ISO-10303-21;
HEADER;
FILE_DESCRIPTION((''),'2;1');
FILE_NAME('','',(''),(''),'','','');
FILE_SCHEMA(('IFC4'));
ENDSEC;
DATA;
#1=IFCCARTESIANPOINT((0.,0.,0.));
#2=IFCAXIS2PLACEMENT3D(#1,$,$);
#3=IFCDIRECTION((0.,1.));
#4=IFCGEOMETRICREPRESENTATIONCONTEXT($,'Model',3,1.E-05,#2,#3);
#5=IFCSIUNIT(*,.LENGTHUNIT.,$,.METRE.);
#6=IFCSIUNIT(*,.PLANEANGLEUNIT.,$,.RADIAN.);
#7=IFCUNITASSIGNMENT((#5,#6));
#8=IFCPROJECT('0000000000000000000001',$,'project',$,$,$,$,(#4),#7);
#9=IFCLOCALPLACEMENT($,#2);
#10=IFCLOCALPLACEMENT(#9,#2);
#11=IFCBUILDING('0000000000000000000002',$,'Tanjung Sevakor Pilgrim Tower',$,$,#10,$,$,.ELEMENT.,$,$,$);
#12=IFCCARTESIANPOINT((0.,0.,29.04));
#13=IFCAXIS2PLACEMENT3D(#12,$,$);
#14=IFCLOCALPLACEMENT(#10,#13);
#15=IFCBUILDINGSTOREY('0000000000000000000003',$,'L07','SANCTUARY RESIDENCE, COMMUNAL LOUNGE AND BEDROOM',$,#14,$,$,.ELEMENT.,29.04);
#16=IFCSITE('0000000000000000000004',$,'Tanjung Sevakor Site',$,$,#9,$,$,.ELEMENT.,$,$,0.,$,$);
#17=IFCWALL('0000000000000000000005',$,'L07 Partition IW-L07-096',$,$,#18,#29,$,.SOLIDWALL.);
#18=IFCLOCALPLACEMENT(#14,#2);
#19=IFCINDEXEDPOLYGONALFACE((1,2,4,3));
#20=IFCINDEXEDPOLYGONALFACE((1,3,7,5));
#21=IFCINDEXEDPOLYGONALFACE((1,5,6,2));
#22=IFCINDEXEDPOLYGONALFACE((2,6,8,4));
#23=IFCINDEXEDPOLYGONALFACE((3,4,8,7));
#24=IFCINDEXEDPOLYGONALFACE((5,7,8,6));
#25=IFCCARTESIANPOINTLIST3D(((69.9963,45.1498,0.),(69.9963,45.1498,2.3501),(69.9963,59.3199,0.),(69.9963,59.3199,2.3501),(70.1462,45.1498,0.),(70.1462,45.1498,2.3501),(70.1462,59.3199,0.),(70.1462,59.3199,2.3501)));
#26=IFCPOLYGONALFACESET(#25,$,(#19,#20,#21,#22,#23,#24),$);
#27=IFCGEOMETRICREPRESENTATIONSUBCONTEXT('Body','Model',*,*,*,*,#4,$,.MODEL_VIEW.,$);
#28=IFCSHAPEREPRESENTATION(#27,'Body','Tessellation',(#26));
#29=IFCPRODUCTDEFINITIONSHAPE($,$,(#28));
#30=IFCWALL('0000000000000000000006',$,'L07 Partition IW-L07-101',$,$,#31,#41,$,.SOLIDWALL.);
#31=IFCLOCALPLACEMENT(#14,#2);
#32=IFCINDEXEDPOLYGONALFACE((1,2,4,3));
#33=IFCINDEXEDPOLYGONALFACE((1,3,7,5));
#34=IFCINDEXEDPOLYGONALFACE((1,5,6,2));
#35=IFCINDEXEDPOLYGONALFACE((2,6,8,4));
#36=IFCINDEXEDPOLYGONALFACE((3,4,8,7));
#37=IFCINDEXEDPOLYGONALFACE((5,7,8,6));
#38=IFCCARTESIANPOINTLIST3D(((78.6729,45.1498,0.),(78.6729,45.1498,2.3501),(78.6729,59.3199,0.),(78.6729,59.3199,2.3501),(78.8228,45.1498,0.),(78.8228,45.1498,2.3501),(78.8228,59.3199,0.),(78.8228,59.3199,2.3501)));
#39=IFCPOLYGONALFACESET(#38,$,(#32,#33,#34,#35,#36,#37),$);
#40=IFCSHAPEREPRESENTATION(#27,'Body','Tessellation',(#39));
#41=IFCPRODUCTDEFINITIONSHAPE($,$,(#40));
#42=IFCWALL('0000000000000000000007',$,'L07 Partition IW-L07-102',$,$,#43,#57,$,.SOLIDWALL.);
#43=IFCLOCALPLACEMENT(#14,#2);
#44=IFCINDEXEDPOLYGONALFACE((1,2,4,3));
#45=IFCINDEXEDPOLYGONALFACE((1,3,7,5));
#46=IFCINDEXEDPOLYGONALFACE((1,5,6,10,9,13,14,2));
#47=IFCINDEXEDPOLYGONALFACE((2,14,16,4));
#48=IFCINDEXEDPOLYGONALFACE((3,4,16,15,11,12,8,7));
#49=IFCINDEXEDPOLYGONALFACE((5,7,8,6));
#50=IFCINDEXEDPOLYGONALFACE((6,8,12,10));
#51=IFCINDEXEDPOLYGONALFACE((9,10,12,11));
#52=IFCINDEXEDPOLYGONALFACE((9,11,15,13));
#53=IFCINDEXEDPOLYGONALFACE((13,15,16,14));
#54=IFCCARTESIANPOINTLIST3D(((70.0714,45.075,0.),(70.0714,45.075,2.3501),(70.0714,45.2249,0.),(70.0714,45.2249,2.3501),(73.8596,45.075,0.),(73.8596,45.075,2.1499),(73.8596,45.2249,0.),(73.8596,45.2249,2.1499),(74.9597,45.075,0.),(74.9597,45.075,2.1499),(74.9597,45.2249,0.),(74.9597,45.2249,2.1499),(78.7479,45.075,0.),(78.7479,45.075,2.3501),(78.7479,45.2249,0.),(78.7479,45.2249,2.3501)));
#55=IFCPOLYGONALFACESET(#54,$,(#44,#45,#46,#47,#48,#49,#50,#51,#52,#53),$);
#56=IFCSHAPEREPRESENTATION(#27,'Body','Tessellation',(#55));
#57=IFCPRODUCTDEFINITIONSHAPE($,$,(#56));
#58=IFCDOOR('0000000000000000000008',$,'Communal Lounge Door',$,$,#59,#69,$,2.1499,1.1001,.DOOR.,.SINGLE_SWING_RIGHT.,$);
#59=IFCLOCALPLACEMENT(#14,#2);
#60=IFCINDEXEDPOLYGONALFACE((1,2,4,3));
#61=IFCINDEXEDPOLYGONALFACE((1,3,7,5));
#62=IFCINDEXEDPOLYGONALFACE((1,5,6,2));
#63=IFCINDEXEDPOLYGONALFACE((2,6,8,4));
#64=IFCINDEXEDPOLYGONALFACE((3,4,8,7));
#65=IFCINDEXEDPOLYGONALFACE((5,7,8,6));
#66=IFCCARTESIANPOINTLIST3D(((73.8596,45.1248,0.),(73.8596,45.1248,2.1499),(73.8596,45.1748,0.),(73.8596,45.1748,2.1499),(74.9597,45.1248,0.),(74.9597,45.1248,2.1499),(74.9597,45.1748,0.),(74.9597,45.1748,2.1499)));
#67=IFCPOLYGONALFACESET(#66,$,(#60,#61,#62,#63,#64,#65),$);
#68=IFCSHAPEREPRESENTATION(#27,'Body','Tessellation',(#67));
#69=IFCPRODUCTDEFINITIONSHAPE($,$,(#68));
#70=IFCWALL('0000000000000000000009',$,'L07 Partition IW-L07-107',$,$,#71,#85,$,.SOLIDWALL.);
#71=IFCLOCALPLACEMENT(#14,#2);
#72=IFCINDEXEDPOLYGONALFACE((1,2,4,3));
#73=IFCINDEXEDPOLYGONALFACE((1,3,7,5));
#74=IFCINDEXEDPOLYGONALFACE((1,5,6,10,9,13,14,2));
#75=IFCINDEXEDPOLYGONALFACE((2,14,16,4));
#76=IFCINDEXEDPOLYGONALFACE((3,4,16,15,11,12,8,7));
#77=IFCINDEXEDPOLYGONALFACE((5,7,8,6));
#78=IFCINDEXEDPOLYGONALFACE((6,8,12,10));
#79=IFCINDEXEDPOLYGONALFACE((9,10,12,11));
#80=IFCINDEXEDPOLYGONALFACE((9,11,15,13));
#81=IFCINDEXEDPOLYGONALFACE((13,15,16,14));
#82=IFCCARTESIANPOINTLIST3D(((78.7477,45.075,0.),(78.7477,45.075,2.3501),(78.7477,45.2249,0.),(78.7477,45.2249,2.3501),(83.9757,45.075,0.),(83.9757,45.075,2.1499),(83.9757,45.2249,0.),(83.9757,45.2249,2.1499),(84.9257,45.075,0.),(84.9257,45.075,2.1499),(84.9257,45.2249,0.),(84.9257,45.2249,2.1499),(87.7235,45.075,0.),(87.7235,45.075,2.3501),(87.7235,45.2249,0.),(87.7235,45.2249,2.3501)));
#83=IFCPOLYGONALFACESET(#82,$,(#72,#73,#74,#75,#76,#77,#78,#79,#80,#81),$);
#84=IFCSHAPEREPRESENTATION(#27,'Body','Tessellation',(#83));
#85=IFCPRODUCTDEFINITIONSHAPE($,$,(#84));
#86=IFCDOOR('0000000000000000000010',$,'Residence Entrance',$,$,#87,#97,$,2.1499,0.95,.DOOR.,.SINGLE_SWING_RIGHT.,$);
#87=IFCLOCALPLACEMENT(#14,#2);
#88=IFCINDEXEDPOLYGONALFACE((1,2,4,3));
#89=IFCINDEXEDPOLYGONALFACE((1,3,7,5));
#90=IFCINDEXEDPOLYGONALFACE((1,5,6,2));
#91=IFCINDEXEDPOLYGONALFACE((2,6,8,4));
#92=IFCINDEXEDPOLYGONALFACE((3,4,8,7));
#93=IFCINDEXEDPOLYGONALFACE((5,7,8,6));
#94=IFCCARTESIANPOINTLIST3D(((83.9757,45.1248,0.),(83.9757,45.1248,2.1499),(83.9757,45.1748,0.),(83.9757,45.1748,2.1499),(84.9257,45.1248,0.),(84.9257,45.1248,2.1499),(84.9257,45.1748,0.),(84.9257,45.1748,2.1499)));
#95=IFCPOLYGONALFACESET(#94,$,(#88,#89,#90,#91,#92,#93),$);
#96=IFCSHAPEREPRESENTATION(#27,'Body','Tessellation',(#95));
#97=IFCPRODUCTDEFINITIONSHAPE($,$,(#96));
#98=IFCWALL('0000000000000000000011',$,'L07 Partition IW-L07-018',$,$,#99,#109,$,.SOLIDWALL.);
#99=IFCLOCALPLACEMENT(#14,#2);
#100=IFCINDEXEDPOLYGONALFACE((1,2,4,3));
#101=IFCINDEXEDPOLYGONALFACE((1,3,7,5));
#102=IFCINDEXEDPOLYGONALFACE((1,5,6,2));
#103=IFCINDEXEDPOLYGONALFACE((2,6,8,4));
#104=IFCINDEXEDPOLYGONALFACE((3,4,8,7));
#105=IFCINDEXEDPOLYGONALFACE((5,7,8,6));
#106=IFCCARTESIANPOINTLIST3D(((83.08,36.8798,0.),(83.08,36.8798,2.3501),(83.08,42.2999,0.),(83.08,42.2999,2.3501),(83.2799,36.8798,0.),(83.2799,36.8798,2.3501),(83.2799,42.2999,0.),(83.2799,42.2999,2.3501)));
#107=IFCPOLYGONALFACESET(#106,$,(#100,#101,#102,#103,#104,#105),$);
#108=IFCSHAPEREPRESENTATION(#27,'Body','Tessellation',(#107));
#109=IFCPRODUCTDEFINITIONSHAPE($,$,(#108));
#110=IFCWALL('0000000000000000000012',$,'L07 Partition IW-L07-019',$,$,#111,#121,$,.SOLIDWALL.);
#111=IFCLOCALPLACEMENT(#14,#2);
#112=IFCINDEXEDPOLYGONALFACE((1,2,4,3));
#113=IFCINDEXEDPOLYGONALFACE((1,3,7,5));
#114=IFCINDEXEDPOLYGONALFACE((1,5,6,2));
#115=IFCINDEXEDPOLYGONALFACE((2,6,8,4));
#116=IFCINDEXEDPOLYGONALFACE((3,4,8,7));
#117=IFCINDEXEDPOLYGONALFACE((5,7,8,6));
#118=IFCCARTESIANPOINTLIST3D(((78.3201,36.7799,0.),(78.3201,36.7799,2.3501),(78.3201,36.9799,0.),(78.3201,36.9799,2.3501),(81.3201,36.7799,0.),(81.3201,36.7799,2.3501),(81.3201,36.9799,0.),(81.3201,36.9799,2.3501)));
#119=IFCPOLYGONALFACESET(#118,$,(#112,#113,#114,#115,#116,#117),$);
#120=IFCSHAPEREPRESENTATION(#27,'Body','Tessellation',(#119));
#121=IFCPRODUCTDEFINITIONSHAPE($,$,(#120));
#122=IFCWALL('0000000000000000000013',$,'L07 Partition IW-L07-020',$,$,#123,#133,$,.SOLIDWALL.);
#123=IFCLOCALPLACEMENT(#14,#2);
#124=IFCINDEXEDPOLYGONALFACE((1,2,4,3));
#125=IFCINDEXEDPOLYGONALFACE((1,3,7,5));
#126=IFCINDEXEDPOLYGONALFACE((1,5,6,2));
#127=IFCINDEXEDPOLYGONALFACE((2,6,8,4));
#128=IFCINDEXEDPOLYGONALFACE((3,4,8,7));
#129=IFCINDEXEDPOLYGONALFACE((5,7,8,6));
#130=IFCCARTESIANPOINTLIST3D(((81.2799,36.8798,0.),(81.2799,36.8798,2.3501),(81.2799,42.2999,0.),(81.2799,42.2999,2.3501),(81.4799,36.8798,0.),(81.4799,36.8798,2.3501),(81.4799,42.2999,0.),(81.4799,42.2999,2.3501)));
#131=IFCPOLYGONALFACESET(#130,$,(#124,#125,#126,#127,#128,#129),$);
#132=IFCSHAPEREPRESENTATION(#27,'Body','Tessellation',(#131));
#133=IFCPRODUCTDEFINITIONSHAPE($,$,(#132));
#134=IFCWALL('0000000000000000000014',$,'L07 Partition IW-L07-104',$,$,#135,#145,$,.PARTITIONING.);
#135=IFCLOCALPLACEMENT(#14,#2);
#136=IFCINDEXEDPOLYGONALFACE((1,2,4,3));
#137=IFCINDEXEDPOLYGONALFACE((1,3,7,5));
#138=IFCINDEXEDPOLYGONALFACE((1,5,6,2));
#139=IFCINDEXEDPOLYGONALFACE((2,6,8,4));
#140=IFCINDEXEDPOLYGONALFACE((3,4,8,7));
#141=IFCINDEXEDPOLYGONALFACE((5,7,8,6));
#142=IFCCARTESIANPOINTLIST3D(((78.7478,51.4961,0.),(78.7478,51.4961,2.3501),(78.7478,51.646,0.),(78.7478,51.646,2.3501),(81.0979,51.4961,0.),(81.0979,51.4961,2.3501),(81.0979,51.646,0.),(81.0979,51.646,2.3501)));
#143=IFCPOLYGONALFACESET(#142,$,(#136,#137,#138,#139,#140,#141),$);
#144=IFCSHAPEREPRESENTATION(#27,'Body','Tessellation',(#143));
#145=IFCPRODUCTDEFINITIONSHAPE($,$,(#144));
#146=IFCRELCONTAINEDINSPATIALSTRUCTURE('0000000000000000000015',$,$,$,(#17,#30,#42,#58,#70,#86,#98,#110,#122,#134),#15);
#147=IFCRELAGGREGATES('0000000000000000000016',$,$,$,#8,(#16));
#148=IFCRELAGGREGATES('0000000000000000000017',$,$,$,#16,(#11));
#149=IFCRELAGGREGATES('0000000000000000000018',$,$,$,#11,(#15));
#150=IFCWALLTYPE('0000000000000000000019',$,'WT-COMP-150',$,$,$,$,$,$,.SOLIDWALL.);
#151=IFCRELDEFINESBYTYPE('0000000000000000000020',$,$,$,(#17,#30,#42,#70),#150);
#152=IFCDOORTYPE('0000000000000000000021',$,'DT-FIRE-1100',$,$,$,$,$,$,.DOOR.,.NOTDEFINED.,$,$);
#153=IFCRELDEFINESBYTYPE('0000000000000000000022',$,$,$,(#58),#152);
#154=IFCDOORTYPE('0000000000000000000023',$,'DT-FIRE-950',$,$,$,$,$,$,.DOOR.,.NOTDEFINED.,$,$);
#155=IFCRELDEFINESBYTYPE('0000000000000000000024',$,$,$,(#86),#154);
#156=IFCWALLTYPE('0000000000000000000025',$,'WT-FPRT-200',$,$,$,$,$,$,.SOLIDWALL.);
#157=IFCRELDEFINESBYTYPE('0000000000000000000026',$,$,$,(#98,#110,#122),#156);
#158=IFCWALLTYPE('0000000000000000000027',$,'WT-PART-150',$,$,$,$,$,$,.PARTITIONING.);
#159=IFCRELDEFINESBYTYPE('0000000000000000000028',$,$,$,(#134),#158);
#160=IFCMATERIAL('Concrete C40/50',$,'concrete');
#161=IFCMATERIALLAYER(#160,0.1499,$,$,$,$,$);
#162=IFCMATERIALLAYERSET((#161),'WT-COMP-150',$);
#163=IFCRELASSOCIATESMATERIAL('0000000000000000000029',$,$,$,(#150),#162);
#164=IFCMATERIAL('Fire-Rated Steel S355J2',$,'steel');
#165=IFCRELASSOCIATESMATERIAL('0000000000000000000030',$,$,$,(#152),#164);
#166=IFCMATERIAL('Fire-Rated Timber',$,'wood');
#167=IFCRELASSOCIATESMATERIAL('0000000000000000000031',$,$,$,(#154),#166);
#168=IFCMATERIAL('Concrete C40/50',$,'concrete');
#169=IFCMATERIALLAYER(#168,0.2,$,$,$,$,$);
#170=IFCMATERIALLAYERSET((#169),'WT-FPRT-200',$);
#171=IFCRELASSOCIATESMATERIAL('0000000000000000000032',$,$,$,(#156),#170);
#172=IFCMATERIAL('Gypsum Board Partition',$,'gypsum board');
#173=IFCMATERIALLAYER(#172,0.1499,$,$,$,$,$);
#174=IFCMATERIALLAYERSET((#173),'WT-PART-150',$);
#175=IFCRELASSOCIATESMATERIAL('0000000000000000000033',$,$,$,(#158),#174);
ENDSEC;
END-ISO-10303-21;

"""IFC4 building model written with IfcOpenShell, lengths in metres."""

from ifc_helpers import new_model, si_unit, direction, frame, frame_2d, origin, place, context, subcontext, project, spatial, rectangle, extrude, material, layer, layer_set, type_object, element, fill, save


model = new_model("IFC4")

# Units and contexts
model_context = context("Model", 3, precision=1e-05, world=origin(), true_north=direction((0.0, 1.0)))
body_context = subcontext(model_context, "Body", "Model", "MODEL_VIEW")
ifc_project = project(units=[si_unit("LENGTHUNIT", "METRE"), si_unit("PLANEANGLEUNIT", "RADIAN")], contexts=[model_context])

# Site, building, storey
site_placement = place(None, origin())
site = spatial("IfcSite", under=ifc_project, at=site_placement, Name="Tanjung Sevakor Site", CompositionType="ELEMENT", RefElevation=0.0)
building_placement = place(site_placement, origin())
building = spatial("IfcBuilding", under=site, at=building_placement, Name="Tanjung Sevakor Pilgrim Tower", CompositionType="ELEMENT")
storey_placement = place(building_placement, frame((0.0, 0.0, 29.04)))
storey = spatial("IfcBuildingStorey", under=building, at=storey_placement, Name="L07", Description="SANCTUARY RESIDENCE, COMMUNAL LOUNGE AND BEDROOM", CompositionType="ELEMENT", Elevation=29.04)

# Walls
ifc_material_1 = material(Name="Concrete C40/50", Category="concrete")
ifc_layer_1 = layer(ifc_material_1, 0.1499)
ifc_layer_set_1 = layer_set([ifc_layer_1], Name="WT-COMP-150")
wall_type_1 = type_object("IfcWallType", Name="WT-COMP-150", PredefinedType="SOLIDWALL", material=ifc_layer_set_1)
for number, where, z_axis, x_axis, name in (
    (1, (70.0713, 45.1499, 0.0), (0.0, 0.0, 1.0), (0.0, 1.0, 0.0), "L07 Partition IW-L07-096"),
    (2, (78.7478, 45.1499, 0.0), (0.0, 0.0, 1.0), (0.0, 1.0, 0.0), "L07 Partition IW-L07-101"),
):
    element("IfcWall", number, at=place(storey_placement, frame(where, z_axis=z_axis, x_axis=x_axis)), inside=storey, type_object=wall_type_1, Name=name, PredefinedType="SOLIDWALL", context=body_context, shape_type="SweptSolid", body=[
        extrude(rectangle(XDim=14.1702, YDim=0.1499, at=frame_2d((7.085, 0.0))), origin(), (0.0, 0.0, 1.0), 2.3501),
    ])

# Walls, openings, doors
wall_1_placement = place(storey_placement, frame((70.0713, 45.1499, 0.0), z_axis=(0.0, 0.0, 1.0), x_axis=(1.0, 0.0, 0.0)))
wall_1 = element("IfcWall", 3, at=wall_1_placement, inside=storey, type_object=wall_type_1, Name="L07 Partition IW-L07-102", PredefinedType="SOLIDWALL", context=body_context, shape_type="SweptSolid", body=[
    extrude(rectangle(XDim=8.6765, YDim=0.1499, at=frame_2d((4.3384, 0.0))), origin(), (0.0, 0.0, 1.0), 2.3501),
])
opening_1_placement = place(wall_1_placement, frame((3.7883, 0.0, 0.0)))
opening_1 = element("IfcOpeningElement", 4, at=opening_1_placement, cuts=wall_1, PredefinedType="OPENING", context=body_context, shape_type="SweptSolid", body=[
    extrude(rectangle(XDim=1.1001, YDim=2.1499, at=frame_2d((0.55, 1.075))), frame((0.0, 0.085, 0.0), z_axis=(0.0, -1.0, 0.0), x_axis=(1.0, 0.0, 0.0)), (0.0, 0.0, 1.0), 0.1699),
])
ifc_material_2 = material(Name="Fire-Rated Steel S355J2", Category="steel")
door_type_1 = type_object("IfcDoorType", Name="DT-FIRE-1100", OperationType="NOTDEFINED", PredefinedType="DOOR", material=ifc_material_2)
door_1_placement = place(opening_1_placement, origin())
door_1 = element("IfcDoor", 5, at=door_1_placement, inside=storey, type_object=door_type_1, Name="Communal Lounge Door", OperationType="SINGLE_SWING_RIGHT", OverallHeight=2.1499, OverallWidth=1.1001, PredefinedType="DOOR", context=body_context, shape_type="SweptSolid", body=[
    extrude(rectangle(XDim=1.1001, YDim=2.1499, at=frame_2d((0.55, 1.075))), frame((0.0, 0.0249, 0.0), z_axis=(0.0, -1.0, 0.0), x_axis=(1.0, 0.0, 0.0)), (0.0, 0.0, 1.0), 0.05),
])
fill(opening_1, door_1)
wall_2_placement = place(storey_placement, frame((78.7478, 45.1499, 0.0), z_axis=(0.0, 0.0, 1.0), x_axis=(1.0, 0.0, 0.0)))
wall_2 = element("IfcWall", 6, at=wall_2_placement, inside=storey, type_object=wall_type_1, Name="L07 Partition IW-L07-107", PredefinedType="SOLIDWALL", context=body_context, shape_type="SweptSolid", body=[
    extrude(rectangle(XDim=8.9758, YDim=0.1499, at=frame_2d((4.4878, 0.0))), origin(), (0.0, 0.0, 1.0), 2.3501),
])
opening_2_placement = place(wall_2_placement, frame((5.2278, 0.0, 0.0)))
opening_2 = element("IfcOpeningElement", 7, at=opening_2_placement, cuts=wall_2, PredefinedType="OPENING", context=body_context, shape_type="SweptSolid", body=[
    extrude(rectangle(XDim=0.95, YDim=2.1499, at=frame_2d((0.4751, 1.075))), frame((0.0, 0.085, 0.0), z_axis=(0.0, -1.0, 0.0), x_axis=(1.0, 0.0, 0.0)), (0.0, 0.0, 1.0), 0.1699),
])
ifc_material_3 = material(Name="Fire-Rated Timber", Category="wood")
door_type_2 = type_object("IfcDoorType", Name="DT-FIRE-950", OperationType="NOTDEFINED", PredefinedType="DOOR", material=ifc_material_3)
door_2_placement = place(opening_2_placement, origin())
door_2 = element("IfcDoor", 8, at=door_2_placement, inside=storey, type_object=door_type_2, Name="Residence Entrance", OperationType="SINGLE_SWING_RIGHT", OverallHeight=2.1499, OverallWidth=0.95, PredefinedType="DOOR", context=body_context, shape_type="SweptSolid", body=[
    extrude(rectangle(XDim=0.95, YDim=2.1499, at=frame_2d((0.4751, 1.075))), frame((0.0, 0.0249, 0.0), z_axis=(0.0, -1.0, 0.0), x_axis=(1.0, 0.0, 0.0)), (0.0, 0.0, 1.0), 0.05),
])
fill(opening_2, door_2)

# Walls
ifc_material_4 = material(Name="Concrete C40/50", Category="concrete")
ifc_layer_2 = layer(ifc_material_4, 0.2)
ifc_layer_set_2 = layer_set([ifc_layer_2], Name="WT-FPRT-200")
wall_type_2 = type_object("IfcWallType", Name="WT-FPRT-200", PredefinedType="SOLIDWALL", material=ifc_layer_set_2)
wall_3_placement = place(storey_placement, frame((83.1799, 36.8799, 0.0), z_axis=(0.0, 0.0, 1.0), x_axis=(0.0, 1.0, 0.0)))
element("IfcWall", 9, at=wall_3_placement, inside=storey, type_object=wall_type_2, Name="L07 Partition IW-L07-018", PredefinedType="SOLIDWALL", context=body_context, shape_type="SweptSolid", body=[
    extrude(rectangle(XDim=5.4202, YDim=0.2, at=frame_2d((2.71, 0.0))), origin(), (0.0, 0.0, 1.0), 2.3501),
])
wall_4_placement = place(storey_placement, frame((78.3201, 36.8799, 0.0), z_axis=(0.0, 0.0, 1.0), x_axis=(1.0, 0.0, 0.0)))
element("IfcWall", 10, at=wall_4_placement, inside=storey, type_object=wall_type_2, Name="L07 Partition IW-L07-019", PredefinedType="SOLIDWALL", context=body_context, shape_type="SweptSolid", body=[
    extrude(rectangle(XDim=3.0, YDim=0.2, at=frame_2d((1.5, 0.0))), origin(), (0.0, 0.0, 1.0), 2.3501),
])
wall_5_placement = place(storey_placement, frame((81.3799, 36.8799, 0.0), z_axis=(0.0, 0.0, 1.0), x_axis=(0.0, 1.0, 0.0)))
element("IfcWall", 11, at=wall_5_placement, inside=storey, type_object=wall_type_2, Name="L07 Partition IW-L07-020", PredefinedType="SOLIDWALL", context=body_context, shape_type="SweptSolid", body=[
    extrude(rectangle(XDim=5.4202, YDim=0.2, at=frame_2d((2.71, 0.0))), origin(), (0.0, 0.0, 1.0), 2.3501),
])
ifc_material_5 = material(Name="Gypsum Board Partition", Category="gypsum board")
ifc_layer_3 = layer(ifc_material_5, 0.1499)
ifc_layer_set_3 = layer_set([ifc_layer_3], Name="WT-PART-150")
wall_type_3 = type_object("IfcWallType", Name="WT-PART-150", PredefinedType="PARTITIONING", material=ifc_layer_set_3)
wall_6_placement = place(storey_placement, frame((78.7478, 51.571, 0.0), z_axis=(0.0, 0.0, 1.0), x_axis=(1.0, 0.0, 0.0)))
element("IfcWall", 12, at=wall_6_placement, inside=storey, type_object=wall_type_3, Name="L07 Partition IW-L07-104", PredefinedType="PARTITIONING", context=body_context, shape_type="SweptSolid", body=[
    extrude(rectangle(XDim=2.3501, YDim=0.1499, at=frame_2d((1.175, 0.0))), origin(), (0.0, 0.0, 1.0), 2.3501),
])

save(model, "model.ifc")
